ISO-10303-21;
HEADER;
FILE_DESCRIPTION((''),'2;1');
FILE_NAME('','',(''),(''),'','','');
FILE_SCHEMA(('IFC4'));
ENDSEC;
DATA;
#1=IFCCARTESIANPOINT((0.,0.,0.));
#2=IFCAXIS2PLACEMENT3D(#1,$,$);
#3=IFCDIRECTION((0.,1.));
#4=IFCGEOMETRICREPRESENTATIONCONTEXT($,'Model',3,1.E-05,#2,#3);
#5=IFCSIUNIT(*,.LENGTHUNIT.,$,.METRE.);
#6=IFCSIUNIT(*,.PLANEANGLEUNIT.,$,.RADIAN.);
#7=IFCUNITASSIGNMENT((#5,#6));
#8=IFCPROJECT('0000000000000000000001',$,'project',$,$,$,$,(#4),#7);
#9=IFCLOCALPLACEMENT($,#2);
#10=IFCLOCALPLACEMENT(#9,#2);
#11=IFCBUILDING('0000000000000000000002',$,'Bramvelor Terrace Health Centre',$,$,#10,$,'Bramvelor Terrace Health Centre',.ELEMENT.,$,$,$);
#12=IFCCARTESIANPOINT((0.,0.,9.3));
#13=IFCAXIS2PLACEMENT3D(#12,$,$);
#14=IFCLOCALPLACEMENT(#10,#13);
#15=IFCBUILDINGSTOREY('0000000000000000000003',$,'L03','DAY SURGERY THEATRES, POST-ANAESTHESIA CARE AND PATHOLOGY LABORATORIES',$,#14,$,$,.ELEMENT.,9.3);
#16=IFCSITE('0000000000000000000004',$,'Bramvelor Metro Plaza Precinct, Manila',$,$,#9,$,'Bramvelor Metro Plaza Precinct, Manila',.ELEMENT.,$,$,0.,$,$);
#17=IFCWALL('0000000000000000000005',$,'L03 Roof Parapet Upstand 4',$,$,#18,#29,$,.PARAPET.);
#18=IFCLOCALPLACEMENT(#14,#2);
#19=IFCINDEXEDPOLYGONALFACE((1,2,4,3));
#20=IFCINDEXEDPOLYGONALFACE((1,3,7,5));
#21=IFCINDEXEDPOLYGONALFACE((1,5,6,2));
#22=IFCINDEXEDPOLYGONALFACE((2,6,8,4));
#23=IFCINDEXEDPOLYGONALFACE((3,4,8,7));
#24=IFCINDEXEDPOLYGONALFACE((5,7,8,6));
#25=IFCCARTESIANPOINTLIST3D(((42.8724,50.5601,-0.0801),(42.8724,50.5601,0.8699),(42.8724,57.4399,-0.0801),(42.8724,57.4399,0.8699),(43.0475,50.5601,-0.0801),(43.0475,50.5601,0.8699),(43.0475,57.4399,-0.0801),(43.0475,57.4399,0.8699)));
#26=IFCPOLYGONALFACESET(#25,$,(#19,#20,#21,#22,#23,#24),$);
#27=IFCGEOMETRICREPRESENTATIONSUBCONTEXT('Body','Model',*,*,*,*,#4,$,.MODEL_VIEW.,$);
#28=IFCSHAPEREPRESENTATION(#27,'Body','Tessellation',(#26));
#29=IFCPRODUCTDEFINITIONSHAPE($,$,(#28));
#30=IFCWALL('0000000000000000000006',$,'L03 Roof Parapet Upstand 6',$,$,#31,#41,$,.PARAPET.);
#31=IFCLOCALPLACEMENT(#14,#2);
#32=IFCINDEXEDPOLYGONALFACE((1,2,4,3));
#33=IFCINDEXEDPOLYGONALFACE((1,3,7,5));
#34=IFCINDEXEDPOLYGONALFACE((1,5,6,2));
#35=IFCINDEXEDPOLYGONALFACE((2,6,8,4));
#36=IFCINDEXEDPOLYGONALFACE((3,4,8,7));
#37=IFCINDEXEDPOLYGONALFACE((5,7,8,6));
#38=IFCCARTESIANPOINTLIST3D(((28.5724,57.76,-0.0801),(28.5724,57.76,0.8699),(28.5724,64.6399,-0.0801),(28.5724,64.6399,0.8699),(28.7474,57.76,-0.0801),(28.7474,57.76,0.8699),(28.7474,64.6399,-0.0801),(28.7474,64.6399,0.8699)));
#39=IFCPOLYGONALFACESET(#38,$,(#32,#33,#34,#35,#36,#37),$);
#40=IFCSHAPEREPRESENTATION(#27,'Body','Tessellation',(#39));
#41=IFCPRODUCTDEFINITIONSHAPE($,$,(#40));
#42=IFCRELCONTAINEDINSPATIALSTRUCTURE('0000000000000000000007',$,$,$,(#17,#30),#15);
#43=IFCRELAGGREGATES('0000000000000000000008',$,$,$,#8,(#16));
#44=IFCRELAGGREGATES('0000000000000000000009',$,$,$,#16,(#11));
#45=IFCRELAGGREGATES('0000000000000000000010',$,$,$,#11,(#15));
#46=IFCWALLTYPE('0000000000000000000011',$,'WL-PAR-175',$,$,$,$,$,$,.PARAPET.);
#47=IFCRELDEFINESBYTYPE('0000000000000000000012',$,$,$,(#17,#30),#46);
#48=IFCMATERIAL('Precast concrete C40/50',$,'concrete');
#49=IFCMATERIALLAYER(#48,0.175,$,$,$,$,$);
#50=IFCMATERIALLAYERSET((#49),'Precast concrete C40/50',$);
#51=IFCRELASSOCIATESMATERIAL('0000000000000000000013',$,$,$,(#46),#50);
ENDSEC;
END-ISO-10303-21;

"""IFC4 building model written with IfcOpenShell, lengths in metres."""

from ifc_helpers import new_model, si_unit, direction, frame, frame_2d, origin, place, context, subcontext, project, spatial, rectangle, extrude, material, layer, layer_set, type_object, element, save


model = new_model("IFC4")

# Units and contexts
model_context = context("Model", 3, precision=1e-05, world=origin(), true_north=direction((0.0, 1.0)))
body_context = subcontext(model_context, "Body", "Model", "MODEL_VIEW")
ifc_project = project(units=[si_unit("LENGTHUNIT", "METRE"), si_unit("PLANEANGLEUNIT", "RADIAN")], contexts=[model_context])

# Site, building, storey
site_placement = place(None, origin())
site = spatial("IfcSite", under=ifc_project, at=site_placement, Name="Bramvelor Metro Plaza Precinct, Manila", LongName="Bramvelor Metro Plaza Precinct, Manila", CompositionType="ELEMENT", RefElevation=0.0)
building_placement = place(site_placement, origin())
building = spatial("IfcBuilding", under=site, at=building_placement, Name="Bramvelor Terrace Health Centre", LongName="Bramvelor Terrace Health Centre", CompositionType="ELEMENT")
storey_placement = place(building_placement, frame((0.0, 0.0, 9.3)))
storey = spatial("IfcBuildingStorey", under=building, at=storey_placement, Name="L03", Description="DAY SURGERY THEATRES, POST-ANAESTHESIA CARE AND PATHOLOGY LABORATORIES", CompositionType="ELEMENT", Elevation=9.3)

# Walls
ifc_material_1 = material(Name="Precast concrete C40/50", Category="concrete")
ifc_layer_1 = layer(ifc_material_1, 0.175)
ifc_layer_set_1 = layer_set([ifc_layer_1], Name="Precast concrete C40/50")
wall_type_1 = type_object("IfcWallType", Name="WL-PAR-175", PredefinedType="PARAPET", material=ifc_layer_set_1)
for number, where, z_axis, x_axis, name in (
    (1, (42.96, 57.4399, -0.0801), (0.0, 0.0, 1.0), (0.0, -1.0, 0.0), "L03 Roof Parapet Upstand 4"),
    (2, (28.6599, 64.6399, -0.0801), (0.0, 0.0, 1.0), (0.0, -1.0, 0.0), "L03 Roof Parapet Upstand 6"),
):
    element("IfcWall", number, at=place(storey_placement, frame(where, z_axis=z_axis, x_axis=x_axis)), inside=storey, type_object=wall_type_1, Name=name, PredefinedType="PARAPET", context=body_context, shape_type="SweptSolid", body=[
        extrude(rectangle(XDim=6.8799, YDim=0.175, at=frame_2d((3.4399, 0.0))), origin(), (0.0, 0.0, 1.0), 0.95),
    ])

save(model, "model.ifc")
